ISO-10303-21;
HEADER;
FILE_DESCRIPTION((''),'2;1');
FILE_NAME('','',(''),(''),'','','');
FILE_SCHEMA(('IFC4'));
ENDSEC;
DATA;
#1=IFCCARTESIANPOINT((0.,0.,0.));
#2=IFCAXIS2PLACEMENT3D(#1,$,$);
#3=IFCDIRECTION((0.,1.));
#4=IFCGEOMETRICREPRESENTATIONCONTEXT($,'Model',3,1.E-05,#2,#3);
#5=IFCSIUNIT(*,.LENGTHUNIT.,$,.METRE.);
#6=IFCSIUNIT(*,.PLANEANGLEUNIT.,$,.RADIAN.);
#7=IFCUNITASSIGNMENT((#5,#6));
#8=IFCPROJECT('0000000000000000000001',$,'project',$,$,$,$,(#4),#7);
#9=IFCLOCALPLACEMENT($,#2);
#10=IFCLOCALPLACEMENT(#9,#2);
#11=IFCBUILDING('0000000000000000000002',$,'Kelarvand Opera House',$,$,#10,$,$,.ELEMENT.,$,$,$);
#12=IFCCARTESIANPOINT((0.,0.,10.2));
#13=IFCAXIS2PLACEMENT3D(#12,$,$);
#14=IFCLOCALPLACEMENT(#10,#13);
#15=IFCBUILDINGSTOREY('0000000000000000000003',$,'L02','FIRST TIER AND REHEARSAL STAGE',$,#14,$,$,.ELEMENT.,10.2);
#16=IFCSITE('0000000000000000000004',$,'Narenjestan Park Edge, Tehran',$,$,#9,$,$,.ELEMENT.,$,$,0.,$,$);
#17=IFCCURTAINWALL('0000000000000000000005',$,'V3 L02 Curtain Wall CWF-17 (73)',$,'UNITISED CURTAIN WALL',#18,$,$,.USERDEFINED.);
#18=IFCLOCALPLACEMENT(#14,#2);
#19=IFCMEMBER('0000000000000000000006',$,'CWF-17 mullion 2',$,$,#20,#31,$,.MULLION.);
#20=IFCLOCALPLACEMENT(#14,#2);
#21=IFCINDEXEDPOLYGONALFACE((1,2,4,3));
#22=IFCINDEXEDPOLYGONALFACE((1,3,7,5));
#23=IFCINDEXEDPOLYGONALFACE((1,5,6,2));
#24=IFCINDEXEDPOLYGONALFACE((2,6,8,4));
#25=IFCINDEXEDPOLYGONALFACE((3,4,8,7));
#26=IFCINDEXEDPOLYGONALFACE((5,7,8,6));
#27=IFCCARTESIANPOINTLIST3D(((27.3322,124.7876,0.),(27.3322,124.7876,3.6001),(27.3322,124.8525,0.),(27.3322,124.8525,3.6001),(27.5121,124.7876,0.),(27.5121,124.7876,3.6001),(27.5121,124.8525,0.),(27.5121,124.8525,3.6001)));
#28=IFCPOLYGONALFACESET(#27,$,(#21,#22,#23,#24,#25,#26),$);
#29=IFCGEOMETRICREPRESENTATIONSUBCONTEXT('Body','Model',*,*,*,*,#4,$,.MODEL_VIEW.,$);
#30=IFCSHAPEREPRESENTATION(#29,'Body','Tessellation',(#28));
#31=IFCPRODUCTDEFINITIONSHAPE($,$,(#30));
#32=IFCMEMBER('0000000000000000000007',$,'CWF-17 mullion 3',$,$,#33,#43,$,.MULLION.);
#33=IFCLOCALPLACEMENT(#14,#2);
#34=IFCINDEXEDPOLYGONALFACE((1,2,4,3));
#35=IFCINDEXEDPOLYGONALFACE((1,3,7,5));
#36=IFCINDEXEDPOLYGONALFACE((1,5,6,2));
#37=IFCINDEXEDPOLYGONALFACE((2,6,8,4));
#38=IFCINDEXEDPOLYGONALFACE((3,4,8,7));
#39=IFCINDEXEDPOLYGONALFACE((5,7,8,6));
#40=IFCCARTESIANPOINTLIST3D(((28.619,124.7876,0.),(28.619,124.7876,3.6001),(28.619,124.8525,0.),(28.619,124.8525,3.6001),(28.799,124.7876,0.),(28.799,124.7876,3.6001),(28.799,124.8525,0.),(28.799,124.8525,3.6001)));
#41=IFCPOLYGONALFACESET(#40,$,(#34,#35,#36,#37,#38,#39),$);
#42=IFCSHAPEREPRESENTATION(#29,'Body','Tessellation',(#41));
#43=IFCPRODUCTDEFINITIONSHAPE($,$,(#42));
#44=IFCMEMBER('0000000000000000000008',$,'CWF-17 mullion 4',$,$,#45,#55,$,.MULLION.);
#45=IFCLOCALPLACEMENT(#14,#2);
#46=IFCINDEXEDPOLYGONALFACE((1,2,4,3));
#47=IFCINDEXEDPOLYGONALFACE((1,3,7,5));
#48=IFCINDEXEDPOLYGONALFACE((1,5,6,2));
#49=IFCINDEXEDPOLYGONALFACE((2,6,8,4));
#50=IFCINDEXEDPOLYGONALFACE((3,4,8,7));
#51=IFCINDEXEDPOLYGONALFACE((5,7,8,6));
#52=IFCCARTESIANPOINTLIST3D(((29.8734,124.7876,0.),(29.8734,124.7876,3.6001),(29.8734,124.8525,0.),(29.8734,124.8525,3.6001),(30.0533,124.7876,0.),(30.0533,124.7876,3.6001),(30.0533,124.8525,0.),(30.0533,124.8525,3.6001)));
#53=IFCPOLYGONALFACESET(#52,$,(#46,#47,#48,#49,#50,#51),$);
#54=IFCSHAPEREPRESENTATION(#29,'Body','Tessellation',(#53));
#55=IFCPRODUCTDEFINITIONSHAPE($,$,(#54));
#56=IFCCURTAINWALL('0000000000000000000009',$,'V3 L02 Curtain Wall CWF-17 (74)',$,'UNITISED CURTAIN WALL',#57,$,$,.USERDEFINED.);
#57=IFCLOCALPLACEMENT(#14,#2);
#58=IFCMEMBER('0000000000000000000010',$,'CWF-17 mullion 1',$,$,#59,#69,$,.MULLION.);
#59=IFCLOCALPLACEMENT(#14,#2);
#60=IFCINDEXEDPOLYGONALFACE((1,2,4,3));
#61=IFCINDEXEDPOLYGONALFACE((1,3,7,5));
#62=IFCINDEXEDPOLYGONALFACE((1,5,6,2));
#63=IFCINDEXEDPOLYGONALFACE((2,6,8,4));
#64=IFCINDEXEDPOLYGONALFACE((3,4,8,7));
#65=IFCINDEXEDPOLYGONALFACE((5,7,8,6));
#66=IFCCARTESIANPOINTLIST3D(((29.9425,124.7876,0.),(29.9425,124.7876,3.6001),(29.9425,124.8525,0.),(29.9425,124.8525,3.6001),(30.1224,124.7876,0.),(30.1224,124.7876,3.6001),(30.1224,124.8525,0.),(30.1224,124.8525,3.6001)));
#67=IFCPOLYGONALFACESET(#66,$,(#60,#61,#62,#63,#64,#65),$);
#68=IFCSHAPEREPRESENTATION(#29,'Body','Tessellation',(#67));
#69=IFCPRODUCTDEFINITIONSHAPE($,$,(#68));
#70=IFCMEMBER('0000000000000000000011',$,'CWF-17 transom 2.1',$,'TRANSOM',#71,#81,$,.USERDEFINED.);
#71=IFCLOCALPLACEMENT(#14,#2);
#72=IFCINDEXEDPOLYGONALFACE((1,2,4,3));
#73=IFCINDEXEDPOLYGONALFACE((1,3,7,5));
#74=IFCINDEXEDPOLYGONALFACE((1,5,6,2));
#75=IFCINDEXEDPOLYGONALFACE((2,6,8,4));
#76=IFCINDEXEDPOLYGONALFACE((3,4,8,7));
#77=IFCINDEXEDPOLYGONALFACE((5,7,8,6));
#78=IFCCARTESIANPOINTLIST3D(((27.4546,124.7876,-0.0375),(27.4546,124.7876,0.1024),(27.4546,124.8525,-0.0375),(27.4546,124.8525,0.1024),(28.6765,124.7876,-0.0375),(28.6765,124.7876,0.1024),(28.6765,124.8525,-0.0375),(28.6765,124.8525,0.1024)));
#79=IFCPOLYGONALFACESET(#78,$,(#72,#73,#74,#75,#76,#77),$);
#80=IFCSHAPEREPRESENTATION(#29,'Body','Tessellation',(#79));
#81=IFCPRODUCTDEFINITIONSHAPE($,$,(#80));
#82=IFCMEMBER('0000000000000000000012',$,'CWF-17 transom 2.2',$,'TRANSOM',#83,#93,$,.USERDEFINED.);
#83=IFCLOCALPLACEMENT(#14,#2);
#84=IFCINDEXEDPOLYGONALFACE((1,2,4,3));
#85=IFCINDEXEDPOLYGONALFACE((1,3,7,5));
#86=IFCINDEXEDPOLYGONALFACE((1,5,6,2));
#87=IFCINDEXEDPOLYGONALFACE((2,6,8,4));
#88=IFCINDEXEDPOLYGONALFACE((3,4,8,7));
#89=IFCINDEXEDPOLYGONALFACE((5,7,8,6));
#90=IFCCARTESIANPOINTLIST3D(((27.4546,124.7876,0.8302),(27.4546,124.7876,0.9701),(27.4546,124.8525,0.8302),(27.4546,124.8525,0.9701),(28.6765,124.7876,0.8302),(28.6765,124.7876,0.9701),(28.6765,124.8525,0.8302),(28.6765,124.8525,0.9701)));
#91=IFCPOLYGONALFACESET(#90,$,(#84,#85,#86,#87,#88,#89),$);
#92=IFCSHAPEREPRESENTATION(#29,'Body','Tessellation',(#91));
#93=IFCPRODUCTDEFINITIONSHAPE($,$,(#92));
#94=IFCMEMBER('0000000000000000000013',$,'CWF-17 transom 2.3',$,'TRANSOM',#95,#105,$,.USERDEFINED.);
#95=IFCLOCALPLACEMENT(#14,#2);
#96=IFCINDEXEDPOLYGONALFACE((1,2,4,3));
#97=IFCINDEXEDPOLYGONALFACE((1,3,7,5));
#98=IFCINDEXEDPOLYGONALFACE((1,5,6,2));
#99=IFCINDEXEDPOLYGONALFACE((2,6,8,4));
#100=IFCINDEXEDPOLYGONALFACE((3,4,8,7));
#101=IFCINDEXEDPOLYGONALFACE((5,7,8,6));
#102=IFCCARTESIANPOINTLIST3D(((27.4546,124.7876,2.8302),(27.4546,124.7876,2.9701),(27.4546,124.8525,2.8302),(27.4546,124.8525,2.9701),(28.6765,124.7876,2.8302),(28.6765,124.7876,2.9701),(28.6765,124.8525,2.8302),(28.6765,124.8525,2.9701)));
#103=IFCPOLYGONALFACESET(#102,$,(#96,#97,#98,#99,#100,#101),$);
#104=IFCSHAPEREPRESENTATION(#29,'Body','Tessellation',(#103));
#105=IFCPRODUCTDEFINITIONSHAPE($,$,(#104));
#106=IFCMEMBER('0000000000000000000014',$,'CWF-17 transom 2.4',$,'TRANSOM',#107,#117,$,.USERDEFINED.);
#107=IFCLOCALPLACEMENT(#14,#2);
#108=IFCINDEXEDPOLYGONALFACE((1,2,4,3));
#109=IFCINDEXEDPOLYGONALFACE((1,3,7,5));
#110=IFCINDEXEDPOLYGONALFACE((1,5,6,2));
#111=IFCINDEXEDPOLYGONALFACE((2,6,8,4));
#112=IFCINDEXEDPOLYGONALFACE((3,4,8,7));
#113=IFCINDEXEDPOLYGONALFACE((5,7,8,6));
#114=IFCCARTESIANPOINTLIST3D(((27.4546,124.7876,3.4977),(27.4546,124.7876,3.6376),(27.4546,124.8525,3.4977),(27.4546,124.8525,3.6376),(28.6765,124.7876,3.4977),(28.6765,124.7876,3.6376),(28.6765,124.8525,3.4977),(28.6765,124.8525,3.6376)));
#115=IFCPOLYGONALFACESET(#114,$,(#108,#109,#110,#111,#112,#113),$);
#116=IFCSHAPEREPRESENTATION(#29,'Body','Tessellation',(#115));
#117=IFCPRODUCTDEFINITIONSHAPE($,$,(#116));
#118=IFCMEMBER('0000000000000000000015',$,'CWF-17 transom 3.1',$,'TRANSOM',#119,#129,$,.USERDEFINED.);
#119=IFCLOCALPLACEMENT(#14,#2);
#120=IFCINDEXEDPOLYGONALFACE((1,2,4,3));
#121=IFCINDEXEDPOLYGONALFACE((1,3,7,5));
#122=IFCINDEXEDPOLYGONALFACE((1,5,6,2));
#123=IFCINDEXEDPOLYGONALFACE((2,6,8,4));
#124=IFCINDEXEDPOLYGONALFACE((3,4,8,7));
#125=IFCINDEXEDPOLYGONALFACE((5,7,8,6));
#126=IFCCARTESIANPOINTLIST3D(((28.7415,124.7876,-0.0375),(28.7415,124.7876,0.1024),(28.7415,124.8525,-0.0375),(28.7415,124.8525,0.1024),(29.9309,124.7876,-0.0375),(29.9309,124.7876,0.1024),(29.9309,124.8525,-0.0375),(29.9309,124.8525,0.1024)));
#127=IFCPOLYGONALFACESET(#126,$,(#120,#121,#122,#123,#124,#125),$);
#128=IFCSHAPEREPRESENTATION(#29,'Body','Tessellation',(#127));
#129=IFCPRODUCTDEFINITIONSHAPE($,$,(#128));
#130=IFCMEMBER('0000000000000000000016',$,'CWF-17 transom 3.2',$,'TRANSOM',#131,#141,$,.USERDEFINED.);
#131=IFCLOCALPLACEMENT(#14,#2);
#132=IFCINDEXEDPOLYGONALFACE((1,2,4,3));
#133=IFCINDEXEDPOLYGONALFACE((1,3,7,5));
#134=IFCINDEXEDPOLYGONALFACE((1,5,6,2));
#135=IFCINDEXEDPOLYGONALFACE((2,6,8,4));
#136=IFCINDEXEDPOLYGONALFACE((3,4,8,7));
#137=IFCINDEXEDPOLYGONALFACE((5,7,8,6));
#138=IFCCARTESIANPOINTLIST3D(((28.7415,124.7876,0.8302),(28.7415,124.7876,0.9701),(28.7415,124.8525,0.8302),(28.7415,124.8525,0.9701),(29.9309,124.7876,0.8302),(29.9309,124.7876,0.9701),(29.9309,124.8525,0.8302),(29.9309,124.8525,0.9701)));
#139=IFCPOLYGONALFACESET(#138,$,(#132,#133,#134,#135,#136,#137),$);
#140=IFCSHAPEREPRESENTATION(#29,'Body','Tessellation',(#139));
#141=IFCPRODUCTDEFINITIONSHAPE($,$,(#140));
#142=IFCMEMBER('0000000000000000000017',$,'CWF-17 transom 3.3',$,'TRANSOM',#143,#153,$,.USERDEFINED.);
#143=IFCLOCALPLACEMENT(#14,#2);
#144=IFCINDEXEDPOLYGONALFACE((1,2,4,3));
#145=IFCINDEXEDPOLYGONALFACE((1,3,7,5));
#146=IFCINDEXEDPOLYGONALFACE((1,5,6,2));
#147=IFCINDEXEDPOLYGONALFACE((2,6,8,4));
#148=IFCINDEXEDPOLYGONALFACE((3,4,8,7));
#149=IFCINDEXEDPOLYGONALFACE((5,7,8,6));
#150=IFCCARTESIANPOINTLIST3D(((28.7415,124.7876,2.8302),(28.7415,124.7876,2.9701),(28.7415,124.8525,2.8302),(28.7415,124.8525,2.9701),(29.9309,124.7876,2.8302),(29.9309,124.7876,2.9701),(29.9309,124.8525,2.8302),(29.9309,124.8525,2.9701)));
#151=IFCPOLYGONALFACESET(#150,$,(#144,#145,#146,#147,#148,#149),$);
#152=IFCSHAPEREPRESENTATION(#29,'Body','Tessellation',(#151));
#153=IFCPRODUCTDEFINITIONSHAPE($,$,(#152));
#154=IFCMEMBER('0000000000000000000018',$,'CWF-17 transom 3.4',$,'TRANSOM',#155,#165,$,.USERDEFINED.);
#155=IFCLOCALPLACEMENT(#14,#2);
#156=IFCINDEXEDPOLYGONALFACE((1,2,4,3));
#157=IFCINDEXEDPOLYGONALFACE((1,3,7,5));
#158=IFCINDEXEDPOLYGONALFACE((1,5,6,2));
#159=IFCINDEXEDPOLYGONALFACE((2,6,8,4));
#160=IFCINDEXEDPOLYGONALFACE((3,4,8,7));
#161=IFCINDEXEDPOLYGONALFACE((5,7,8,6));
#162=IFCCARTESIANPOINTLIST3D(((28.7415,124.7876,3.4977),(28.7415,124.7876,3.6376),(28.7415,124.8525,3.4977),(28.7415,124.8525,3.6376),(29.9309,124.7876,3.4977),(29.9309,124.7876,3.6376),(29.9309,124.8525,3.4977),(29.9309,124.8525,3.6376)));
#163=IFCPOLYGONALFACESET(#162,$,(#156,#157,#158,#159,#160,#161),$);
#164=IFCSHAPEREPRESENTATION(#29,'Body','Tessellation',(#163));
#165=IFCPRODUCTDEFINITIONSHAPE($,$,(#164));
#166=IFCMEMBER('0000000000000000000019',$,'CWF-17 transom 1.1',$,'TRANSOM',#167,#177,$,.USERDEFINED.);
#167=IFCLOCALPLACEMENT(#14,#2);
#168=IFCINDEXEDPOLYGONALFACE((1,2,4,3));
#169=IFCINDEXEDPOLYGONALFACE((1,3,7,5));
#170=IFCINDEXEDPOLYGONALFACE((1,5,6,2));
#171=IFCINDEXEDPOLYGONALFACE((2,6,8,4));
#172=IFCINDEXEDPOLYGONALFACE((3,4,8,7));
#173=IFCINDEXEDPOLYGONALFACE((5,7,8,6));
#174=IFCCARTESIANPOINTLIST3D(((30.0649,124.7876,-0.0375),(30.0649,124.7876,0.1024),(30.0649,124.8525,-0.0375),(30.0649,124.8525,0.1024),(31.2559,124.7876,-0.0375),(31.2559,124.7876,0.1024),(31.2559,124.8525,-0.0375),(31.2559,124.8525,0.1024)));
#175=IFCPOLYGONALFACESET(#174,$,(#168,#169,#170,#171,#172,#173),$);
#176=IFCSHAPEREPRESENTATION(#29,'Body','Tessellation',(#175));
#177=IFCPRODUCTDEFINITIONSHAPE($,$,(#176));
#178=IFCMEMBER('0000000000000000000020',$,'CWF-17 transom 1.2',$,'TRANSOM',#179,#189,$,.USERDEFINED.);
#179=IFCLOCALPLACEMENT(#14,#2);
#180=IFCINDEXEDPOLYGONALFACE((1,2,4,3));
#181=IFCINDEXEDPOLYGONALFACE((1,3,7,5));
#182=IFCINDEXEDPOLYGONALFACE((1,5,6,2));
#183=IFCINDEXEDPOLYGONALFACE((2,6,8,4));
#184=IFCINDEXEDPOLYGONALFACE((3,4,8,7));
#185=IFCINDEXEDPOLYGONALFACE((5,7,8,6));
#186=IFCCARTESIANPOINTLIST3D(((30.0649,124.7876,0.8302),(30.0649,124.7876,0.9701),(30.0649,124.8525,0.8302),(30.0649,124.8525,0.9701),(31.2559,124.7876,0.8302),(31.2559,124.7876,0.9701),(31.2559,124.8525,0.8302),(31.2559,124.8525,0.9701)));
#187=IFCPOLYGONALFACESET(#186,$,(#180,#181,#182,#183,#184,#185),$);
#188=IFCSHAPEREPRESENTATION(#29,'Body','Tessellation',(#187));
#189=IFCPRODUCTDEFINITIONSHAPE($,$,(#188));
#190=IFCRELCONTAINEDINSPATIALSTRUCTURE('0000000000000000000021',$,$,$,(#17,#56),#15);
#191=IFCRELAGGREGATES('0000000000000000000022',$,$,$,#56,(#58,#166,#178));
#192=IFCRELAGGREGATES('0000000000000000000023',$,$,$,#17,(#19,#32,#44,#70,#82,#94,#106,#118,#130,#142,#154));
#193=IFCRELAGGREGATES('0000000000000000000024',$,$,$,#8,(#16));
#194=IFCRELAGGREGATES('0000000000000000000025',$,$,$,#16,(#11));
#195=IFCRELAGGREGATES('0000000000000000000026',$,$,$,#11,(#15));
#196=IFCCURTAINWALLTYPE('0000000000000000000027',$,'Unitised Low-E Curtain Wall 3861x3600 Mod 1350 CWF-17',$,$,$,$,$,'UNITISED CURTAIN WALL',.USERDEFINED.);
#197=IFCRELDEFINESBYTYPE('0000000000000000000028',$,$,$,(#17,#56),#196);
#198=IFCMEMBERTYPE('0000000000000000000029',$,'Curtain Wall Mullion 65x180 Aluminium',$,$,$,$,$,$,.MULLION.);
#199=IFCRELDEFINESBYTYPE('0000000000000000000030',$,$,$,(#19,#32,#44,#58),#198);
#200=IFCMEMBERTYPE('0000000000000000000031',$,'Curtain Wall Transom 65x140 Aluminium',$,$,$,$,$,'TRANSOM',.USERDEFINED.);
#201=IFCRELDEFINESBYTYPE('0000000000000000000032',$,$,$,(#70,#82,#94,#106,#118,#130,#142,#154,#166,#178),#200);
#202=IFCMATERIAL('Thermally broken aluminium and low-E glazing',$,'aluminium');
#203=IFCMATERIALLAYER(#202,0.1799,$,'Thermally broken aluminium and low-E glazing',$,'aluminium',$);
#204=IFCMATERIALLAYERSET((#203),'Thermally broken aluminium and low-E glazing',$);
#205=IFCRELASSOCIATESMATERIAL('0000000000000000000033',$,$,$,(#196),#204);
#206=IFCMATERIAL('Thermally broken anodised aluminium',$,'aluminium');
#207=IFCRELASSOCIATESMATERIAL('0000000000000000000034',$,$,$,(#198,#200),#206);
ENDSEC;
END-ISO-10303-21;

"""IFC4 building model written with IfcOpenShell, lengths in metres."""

from ifc_helpers import new_model, si_unit, direction, frame, origin, origin_2d, place, context, subcontext, project, spatial, rectangle, extrude, material, layer, layer_set, material_profile, profile_set, type_object, element, aggregate, save


model = new_model("IFC4")

# Units and contexts
model_context = context("Model", 3, precision=1e-05, world=origin(), true_north=direction((0.0, 1.0)))
body_context = subcontext(model_context, "Body", "Model", "MODEL_VIEW")
ifc_project = project(units=[si_unit("LENGTHUNIT", "METRE"), si_unit("PLANEANGLEUNIT", "RADIAN")], contexts=[model_context])

# Site, building, storey
site_placement = place(None, origin())
site = spatial("IfcSite", under=ifc_project, at=site_placement, Name="Narenjestan Park Edge, Tehran", CompositionType="ELEMENT", RefElevation=0.0)
building_placement = place(site_placement, origin())
building = spatial("IfcBuilding", under=site, at=building_placement, Name="Kelarvand Opera House", CompositionType="ELEMENT")
storey_placement = place(building_placement, frame((0.0, 0.0, 10.2)))
storey = spatial("IfcBuildingStorey", under=building, at=storey_placement, Name="L02", Description="FIRST TIER AND REHEARSAL STAGE", CompositionType="ELEMENT", Elevation=10.2)

# Curtain wall, members
ifc_material_1 = material(Name="Thermally broken aluminium and low-E glazing", Category="aluminium")
ifc_layer_1 = layer(ifc_material_1, 0.1799, Name="Thermally broken aluminium and low-E glazing", Category="aluminium")
ifc_layer_set_1 = layer_set([ifc_layer_1], Name="Thermally broken aluminium and low-E glazing")
curtain_wall_type = type_object("IfcCurtainWallType", Name="Unitised Low-E Curtain Wall 3861x3600 Mod 1350 CWF-17", ElementType="UNITISED CURTAIN WALL", PredefinedType="USERDEFINED", material=ifc_layer_set_1)
curtain_wall_1_placement = place(storey_placement, origin())
curtain_wall_1 = element("IfcCurtainWall", 1, at=curtain_wall_1_placement, inside=storey, type_object=curtain_wall_type, Name="V3 L02 Curtain Wall CWF-17 (73)", ObjectType="UNITISED CURTAIN WALL", PredefinedType="USERDEFINED")
ifc_material_2 = material(Name="Thermally broken anodised aluminium", Category="aluminium")
ifc_material_profile_1 = material_profile(ifc_material_2, rectangle(XDim=0.0649, YDim=0.1799, at=origin_2d()), Name="ALU MULLION 65x180", Category="aluminium")
ifc_profile_set_1 = profile_set([ifc_material_profile_1], Name="Thermally broken anodised aluminium")
member_type_1 = type_object("IfcMemberType", Name="Curtain Wall Mullion 65x180 Aluminium", PredefinedType="MULLION", material=ifc_profile_set_1)
member_1_placement = place(storey_placement, frame((27.4221, 124.8201, 0.0), z_axis=(0.0, 0.0, 1.0), x_axis=(0.0, 1.0, 0.0)))
member_1 = element("IfcMember", 2, at=member_1_placement, type_object=member_type_1, Name="CWF-17 mullion 2", PredefinedType="MULLION", context=body_context, shape_type="SweptSolid", body=[
    extrude(rectangle(XDim=0.0649, YDim=0.1799, at=origin_2d()), origin(), (0.0, 0.0, 1.0), 3.6001),
])
member_2_placement = place(storey_placement, frame((28.709, 124.8201, 0.0), z_axis=(0.0, 0.0, 1.0), x_axis=(0.0, 1.0, 0.0)))
member_2 = element("IfcMember", 3, at=member_2_placement, type_object=member_type_1, Name="CWF-17 mullion 3", PredefinedType="MULLION", context=body_context, shape_type="SweptSolid", body=[
    extrude(rectangle(XDim=0.0649, YDim=0.1799, at=origin_2d()), origin(), (0.0, 0.0, 1.0), 3.6001),
])
member_3_placement = place(storey_placement, frame((29.9634, 124.8201, 0.0), z_axis=(0.0, 0.0, 1.0), x_axis=(0.0, 1.0, 0.0)))
member_3 = element("IfcMember", 4, at=member_3_placement, type_object=member_type_1, Name="CWF-17 mullion 4", PredefinedType="MULLION", context=body_context, shape_type="SweptSolid", body=[
    extrude(rectangle(XDim=0.0649, YDim=0.1799, at=origin_2d()), origin(), (0.0, 0.0, 1.0), 3.6001),
])

# Curtain wall, member
curtain_wall_2_placement = place(storey_placement, origin())
curtain_wall_2 = element("IfcCurtainWall", 5, at=curtain_wall_2_placement, inside=storey, type_object=curtain_wall_type, Name="V3 L02 Curtain Wall CWF-17 (74)", ObjectType="UNITISED CURTAIN WALL", PredefinedType="USERDEFINED")
member_4_placement = place(storey_placement, frame((30.0325, 124.8201, 0.0), z_axis=(0.0, 0.0, 1.0), x_axis=(0.0, 1.0, 0.0)))
member_4 = element("IfcMember", 6, at=member_4_placement, type_object=member_type_1, Name="CWF-17 mullion 1", PredefinedType="MULLION", context=body_context, shape_type="SweptSolid", body=[
    extrude(rectangle(XDim=0.0649, YDim=0.1799, at=origin_2d()), origin(), (0.0, 0.0, 1.0), 3.6001),
])

# Members
ifc_material_profile_2 = material_profile(ifc_material_2, rectangle(XDim=0.0649, YDim=0.1399, at=origin_2d()), Name="ALU TRANSOM 65x140", Category="aluminium")
ifc_profile_set_2 = profile_set([ifc_material_profile_2], Name="Thermally broken anodised aluminium")
member_type_2 = type_object("IfcMemberType", Name="Curtain Wall Transom 65x140 Aluminium", ElementType="TRANSOM", PredefinedType="USERDEFINED", material=ifc_profile_set_2)
member_5_placement = place(storey_placement, frame((27.4546, 124.8201, 0.0325), z_axis=(1.0, 0.0, 0.0), x_axis=(0.0, 1.0, 0.0)))
member_5 = element("IfcMember", 7, at=member_5_placement, type_object=member_type_2, Name="CWF-17 transom 2.1", ObjectType="TRANSOM", PredefinedType="USERDEFINED", context=body_context, shape_type="SweptSolid", body=[
    extrude(rectangle(XDim=0.0649, YDim=0.1399, at=origin_2d()), origin(), (0.0, 0.0, 1.0), 1.2219),
])
member_6_placement = place(storey_placement, frame((27.4546, 124.8201, 0.9001), z_axis=(1.0, 0.0, 0.0), x_axis=(0.0, 1.0, 0.0)))
member_6 = element("IfcMember", 8, at=member_6_placement, type_object=member_type_2, Name="CWF-17 transom 2.2", ObjectType="TRANSOM", PredefinedType="USERDEFINED", context=body_context, shape_type="SweptSolid", body=[
    extrude(rectangle(XDim=0.0649, YDim=0.1399, at=origin_2d()), origin(), (0.0, 0.0, 1.0), 1.2219),
])
member_7_placement = place(storey_placement, frame((27.4546, 124.8201, 2.9001), z_axis=(1.0, 0.0, 0.0), x_axis=(0.0, 1.0, 0.0)))
member_7 = element("IfcMember", 9, at=member_7_placement, type_object=member_type_2, Name="CWF-17 transom 2.3", ObjectType="TRANSOM", PredefinedType="USERDEFINED", context=body_context, shape_type="SweptSolid", body=[
    extrude(rectangle(XDim=0.0649, YDim=0.1399, at=origin_2d()), origin(), (0.0, 0.0, 1.0), 1.2219),
])
member_8_placement = place(storey_placement, frame((27.4546, 124.8201, 3.5676), z_axis=(1.0, 0.0, 0.0), x_axis=(0.0, 1.0, 0.0)))
member_8 = element("IfcMember", 10, at=member_8_placement, type_object=member_type_2, Name="CWF-17 transom 2.4", ObjectType="TRANSOM", PredefinedType="USERDEFINED", context=body_context, shape_type="SweptSolid", body=[
    extrude(rectangle(XDim=0.0649, YDim=0.1399, at=origin_2d()), origin(), (0.0, 0.0, 1.0), 1.2219),
])
member_9_placement = place(storey_placement, frame((28.7415, 124.8201, 0.0325), z_axis=(1.0, 0.0, 0.0), x_axis=(0.0, 1.0, 0.0)))
member_9 = element("IfcMember", 11, at=member_9_placement, type_object=member_type_2, Name="CWF-17 transom 3.1", ObjectType="TRANSOM", PredefinedType="USERDEFINED", context=body_context, shape_type="SweptSolid", body=[
    extrude(rectangle(XDim=0.0649, YDim=0.1399, at=origin_2d()), origin(), (0.0, 0.0, 1.0), 1.1895),
])
member_10_placement = place(storey_placement, frame((28.7415, 124.8201, 0.9001), z_axis=(1.0, 0.0, 0.0), x_axis=(0.0, 1.0, 0.0)))
member_10 = element("IfcMember", 12, at=member_10_placement, type_object=member_type_2, Name="CWF-17 transom 3.2", ObjectType="TRANSOM", PredefinedType="USERDEFINED", context=body_context, shape_type="SweptSolid", body=[
    extrude(rectangle(XDim=0.0649, YDim=0.1399, at=origin_2d()), origin(), (0.0, 0.0, 1.0), 1.1895),
])
member_11_placement = place(storey_placement, frame((28.7415, 124.8201, 2.9001), z_axis=(1.0, 0.0, 0.0), x_axis=(0.0, 1.0, 0.0)))
member_11 = element("IfcMember", 13, at=member_11_placement, type_object=member_type_2, Name="CWF-17 transom 3.3", ObjectType="TRANSOM", PredefinedType="USERDEFINED", context=body_context, shape_type="SweptSolid", body=[
    extrude(rectangle(XDim=0.0649, YDim=0.1399, at=origin_2d()), origin(), (0.0, 0.0, 1.0), 1.1895),
])
member_12_placement = place(storey_placement, frame((28.7415, 124.8201, 3.5676), z_axis=(1.0, 0.0, 0.0), x_axis=(0.0, 1.0, 0.0)))
member_12 = element("IfcMember", 14, at=member_12_placement, type_object=member_type_2, Name="CWF-17 transom 3.4", ObjectType="TRANSOM", PredefinedType="USERDEFINED", context=body_context, shape_type="SweptSolid", body=[
    extrude(rectangle(XDim=0.0649, YDim=0.1399, at=origin_2d()), origin(), (0.0, 0.0, 1.0), 1.1895),
])
member_13_placement = place(storey_placement, frame((30.0649, 124.8201, 0.0325), z_axis=(1.0, 0.0, 0.0), x_axis=(0.0, 1.0, 0.0)))
member_13 = element("IfcMember", 15, at=member_13_placement, type_object=member_type_2, Name="CWF-17 transom 1.1", ObjectType="TRANSOM", PredefinedType="USERDEFINED", context=body_context, shape_type="SweptSolid", body=[
    extrude(rectangle(XDim=0.0649, YDim=0.1399, at=origin_2d()), origin(), (0.0, 0.0, 1.0), 1.1909),
])
member_14_placement = place(storey_placement, frame((30.0649, 124.8201, 0.9001), z_axis=(1.0, 0.0, 0.0), x_axis=(0.0, 1.0, 0.0)))
member_14 = element("IfcMember", 16, at=member_14_placement, type_object=member_type_2, Name="CWF-17 transom 1.2", ObjectType="TRANSOM", PredefinedType="USERDEFINED", context=body_context, shape_type="SweptSolid", body=[
    extrude(rectangle(XDim=0.0649, YDim=0.1399, at=origin_2d()), origin(), (0.0, 0.0, 1.0), 1.1909),
])
aggregate(curtain_wall_2, [member_4, member_13, member_14])

aggregate(curtain_wall_1, [member_1, member_2, member_3, member_5, member_6, member_7, member_8, member_9, member_10, member_11, member_12])

save(model, "model.ifc")
